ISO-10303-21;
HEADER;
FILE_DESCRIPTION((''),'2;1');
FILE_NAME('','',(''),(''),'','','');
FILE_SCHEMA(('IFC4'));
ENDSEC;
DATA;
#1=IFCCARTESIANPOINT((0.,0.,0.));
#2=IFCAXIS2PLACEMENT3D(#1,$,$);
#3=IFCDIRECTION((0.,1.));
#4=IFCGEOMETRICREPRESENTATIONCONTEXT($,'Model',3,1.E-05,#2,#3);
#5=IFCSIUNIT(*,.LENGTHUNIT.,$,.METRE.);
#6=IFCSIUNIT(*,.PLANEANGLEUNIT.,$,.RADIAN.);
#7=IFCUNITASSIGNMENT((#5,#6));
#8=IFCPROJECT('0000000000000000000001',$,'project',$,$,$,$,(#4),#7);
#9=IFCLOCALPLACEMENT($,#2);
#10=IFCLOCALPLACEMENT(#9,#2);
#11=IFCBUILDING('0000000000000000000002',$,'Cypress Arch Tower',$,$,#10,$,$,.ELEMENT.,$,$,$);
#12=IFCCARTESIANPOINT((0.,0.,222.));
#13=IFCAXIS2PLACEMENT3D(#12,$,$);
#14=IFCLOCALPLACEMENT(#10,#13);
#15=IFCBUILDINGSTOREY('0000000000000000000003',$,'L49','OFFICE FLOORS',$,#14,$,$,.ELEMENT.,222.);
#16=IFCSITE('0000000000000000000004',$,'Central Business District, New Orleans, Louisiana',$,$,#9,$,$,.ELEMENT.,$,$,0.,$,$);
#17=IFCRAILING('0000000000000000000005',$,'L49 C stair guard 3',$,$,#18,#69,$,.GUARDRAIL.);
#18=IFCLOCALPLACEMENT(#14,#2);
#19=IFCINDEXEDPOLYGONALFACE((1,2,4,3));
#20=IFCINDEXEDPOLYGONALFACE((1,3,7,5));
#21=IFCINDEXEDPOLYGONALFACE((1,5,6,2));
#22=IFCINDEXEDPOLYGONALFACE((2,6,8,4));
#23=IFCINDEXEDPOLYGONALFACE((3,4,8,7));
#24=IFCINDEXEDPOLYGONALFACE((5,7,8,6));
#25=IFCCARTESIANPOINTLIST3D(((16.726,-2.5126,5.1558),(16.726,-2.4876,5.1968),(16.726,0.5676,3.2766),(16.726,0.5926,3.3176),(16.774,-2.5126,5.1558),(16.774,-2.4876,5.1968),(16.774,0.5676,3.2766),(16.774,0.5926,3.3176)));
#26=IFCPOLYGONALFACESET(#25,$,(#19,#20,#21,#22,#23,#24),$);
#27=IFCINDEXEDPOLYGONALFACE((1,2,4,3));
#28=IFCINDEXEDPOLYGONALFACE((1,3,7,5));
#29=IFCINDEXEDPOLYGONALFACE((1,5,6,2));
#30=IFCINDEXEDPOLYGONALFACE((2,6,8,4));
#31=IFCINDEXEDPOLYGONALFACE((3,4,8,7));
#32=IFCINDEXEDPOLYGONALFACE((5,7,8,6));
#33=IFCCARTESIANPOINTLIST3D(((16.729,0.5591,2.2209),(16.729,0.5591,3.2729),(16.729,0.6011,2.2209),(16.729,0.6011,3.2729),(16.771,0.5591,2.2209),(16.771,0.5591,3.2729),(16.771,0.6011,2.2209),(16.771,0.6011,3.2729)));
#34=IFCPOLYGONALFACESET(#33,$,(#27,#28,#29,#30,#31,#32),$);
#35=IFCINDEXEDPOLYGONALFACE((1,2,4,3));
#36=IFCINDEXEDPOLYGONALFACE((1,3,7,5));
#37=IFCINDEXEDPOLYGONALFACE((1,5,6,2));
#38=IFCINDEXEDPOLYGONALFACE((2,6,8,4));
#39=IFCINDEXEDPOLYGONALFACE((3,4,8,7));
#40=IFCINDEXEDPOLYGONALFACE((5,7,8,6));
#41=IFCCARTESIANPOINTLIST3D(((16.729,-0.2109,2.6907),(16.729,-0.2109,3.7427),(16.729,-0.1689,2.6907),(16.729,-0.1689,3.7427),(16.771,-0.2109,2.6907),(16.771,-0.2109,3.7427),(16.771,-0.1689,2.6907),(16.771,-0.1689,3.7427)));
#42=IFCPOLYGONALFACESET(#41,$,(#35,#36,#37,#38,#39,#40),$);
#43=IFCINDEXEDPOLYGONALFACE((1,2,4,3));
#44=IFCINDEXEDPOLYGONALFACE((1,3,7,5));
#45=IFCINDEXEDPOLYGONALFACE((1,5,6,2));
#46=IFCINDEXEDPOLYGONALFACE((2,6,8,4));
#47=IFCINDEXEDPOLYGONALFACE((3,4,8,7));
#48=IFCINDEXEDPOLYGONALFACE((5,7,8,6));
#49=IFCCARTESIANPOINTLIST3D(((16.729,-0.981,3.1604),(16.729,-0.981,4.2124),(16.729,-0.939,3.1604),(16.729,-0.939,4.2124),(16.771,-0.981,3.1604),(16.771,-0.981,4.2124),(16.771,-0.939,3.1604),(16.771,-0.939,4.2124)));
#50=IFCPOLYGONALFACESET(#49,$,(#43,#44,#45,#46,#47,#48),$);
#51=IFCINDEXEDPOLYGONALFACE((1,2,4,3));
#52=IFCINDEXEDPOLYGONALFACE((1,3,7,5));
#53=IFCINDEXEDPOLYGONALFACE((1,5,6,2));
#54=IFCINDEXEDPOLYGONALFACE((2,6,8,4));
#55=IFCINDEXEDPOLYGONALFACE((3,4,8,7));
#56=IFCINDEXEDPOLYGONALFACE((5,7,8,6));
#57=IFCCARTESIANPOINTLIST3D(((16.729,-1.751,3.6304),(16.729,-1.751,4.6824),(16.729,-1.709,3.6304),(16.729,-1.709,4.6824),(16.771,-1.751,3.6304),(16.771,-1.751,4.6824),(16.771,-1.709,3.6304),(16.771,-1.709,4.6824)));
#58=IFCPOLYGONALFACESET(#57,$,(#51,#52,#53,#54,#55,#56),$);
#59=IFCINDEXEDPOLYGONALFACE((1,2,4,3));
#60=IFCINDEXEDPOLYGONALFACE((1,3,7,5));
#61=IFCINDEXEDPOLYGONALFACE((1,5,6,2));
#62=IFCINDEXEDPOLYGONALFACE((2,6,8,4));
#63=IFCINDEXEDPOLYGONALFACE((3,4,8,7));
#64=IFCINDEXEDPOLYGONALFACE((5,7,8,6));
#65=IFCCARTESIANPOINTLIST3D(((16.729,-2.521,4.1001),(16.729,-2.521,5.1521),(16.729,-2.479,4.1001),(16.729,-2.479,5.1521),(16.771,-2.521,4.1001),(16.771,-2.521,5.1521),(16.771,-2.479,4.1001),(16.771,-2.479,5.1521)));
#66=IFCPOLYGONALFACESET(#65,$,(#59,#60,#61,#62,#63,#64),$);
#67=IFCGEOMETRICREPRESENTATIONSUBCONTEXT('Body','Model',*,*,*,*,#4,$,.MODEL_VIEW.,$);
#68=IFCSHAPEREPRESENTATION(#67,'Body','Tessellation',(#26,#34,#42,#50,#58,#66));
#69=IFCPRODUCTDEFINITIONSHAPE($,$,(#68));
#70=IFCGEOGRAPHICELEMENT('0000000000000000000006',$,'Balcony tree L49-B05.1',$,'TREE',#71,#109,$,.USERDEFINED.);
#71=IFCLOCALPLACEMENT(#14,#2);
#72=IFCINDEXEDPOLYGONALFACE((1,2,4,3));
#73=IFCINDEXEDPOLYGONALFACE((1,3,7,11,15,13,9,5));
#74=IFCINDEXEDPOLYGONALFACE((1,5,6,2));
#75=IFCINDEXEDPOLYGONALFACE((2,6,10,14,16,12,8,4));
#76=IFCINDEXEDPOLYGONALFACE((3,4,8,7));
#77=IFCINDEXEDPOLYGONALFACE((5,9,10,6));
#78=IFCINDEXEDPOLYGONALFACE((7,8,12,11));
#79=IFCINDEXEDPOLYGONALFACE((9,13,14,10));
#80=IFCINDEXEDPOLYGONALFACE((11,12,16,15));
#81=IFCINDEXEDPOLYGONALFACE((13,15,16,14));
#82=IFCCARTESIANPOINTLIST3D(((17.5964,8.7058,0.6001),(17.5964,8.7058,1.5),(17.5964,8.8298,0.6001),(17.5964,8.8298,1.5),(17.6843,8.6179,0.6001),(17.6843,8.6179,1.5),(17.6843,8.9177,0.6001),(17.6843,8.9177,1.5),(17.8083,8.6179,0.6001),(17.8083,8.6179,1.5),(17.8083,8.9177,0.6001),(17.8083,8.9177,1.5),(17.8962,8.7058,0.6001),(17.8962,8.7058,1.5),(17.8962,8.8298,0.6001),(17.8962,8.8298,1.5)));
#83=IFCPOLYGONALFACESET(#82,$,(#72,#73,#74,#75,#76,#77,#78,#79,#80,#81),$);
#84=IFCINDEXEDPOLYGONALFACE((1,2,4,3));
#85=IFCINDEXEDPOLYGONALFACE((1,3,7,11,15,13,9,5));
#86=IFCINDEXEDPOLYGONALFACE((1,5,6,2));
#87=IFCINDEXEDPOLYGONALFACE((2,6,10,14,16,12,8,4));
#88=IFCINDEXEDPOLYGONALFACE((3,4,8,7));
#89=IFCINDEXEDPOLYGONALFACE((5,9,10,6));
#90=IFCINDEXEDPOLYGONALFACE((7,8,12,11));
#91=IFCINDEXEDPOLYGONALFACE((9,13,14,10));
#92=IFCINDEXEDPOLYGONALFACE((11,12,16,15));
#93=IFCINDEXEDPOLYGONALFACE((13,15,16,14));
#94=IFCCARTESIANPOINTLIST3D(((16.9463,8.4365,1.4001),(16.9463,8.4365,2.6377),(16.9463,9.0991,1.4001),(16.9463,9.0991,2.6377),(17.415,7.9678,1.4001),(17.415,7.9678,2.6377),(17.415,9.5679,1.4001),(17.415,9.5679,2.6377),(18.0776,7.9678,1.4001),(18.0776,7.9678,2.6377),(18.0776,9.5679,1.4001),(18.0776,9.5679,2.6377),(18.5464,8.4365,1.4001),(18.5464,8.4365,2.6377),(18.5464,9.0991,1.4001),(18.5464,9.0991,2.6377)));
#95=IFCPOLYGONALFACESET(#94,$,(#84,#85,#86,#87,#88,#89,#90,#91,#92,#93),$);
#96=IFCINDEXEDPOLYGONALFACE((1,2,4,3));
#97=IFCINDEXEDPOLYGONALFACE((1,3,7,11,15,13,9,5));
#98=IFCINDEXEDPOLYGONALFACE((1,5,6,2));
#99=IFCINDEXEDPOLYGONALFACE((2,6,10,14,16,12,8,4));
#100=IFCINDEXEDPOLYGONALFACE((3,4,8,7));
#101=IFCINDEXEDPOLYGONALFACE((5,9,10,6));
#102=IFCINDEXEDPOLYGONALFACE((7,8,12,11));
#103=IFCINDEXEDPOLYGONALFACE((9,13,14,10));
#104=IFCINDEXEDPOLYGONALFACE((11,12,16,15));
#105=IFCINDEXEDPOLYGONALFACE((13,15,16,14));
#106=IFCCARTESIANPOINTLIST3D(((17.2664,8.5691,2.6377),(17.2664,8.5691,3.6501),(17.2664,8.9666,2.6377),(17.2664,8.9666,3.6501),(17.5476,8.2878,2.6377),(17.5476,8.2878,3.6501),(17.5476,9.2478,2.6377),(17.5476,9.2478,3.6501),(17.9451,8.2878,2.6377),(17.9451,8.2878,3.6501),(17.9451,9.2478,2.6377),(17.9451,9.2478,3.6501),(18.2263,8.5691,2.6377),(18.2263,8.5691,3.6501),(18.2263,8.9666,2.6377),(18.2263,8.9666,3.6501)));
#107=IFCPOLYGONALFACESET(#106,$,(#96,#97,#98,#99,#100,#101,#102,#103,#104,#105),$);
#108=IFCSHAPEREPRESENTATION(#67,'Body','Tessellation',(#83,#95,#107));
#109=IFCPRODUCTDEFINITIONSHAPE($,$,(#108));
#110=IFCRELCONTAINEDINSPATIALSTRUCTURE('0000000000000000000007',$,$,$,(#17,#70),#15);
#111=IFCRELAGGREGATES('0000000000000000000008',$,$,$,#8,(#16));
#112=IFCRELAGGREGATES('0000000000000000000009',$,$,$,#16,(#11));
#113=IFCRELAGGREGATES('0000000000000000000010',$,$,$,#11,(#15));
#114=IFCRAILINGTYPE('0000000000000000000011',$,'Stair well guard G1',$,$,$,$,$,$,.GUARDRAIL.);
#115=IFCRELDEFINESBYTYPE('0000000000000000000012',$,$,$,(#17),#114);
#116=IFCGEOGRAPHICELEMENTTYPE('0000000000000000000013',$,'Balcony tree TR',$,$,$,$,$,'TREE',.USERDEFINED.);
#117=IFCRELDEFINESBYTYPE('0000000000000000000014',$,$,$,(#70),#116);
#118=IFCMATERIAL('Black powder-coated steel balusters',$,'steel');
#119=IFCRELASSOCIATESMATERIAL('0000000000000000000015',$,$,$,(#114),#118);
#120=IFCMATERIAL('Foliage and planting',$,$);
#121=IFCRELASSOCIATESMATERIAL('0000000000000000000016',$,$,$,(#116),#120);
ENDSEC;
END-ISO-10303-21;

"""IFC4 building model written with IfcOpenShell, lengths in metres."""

from ifc_helpers import new_model, si_unit, direction, frame, origin, origin_2d, place, context, subcontext, project, spatial, polyline, rectangle, outline, extrude, material, type_object, element, save


model = new_model("IFC4")

# Units and contexts
model_context = context("Model", 3, precision=1e-05, world=origin(), true_north=direction((0.0, 1.0)))
body_context = subcontext(model_context, "Body", "Model", "MODEL_VIEW")
ifc_project = project(units=[si_unit("LENGTHUNIT", "METRE"), si_unit("PLANEANGLEUNIT", "RADIAN")], contexts=[model_context])

# Site, building, storey
site_placement = place(None, origin())
site = spatial("IfcSite", under=ifc_project, at=site_placement, Name="Central Business District, New Orleans, Louisiana", CompositionType="ELEMENT", RefElevation=0.0)
building_placement = place(site_placement, origin())
building = spatial("IfcBuilding", under=site, at=building_placement, Name="Cypress Arch Tower", CompositionType="ELEMENT")
storey_placement = place(building_placement, frame((0.0, 0.0, 222.0)))
storey = spatial("IfcBuildingStorey", under=building, at=storey_placement, Name="L49", Description="OFFICE FLOORS", CompositionType="ELEMENT", Elevation=222.0)

# Railing
ifc_material_1 = material(Name="Black powder-coated steel balusters", Category="steel")
railing_type_1 = type_object("IfcRailingType", Name="Stair well guard G1", PredefinedType="GUARDRAIL", material=ifc_material_1)
railing_1_placement = place(storey_placement, frame((16.75, 0.5801, 2.2209)))
element("IfcRailing", 1, at=railing_1_placement, inside=storey, type_object=railing_type_1, Name="L49 C stair guard 3", PredefinedType="GUARDRAIL", context=body_context, shape_type="SweptSolid", body=[
    extrude(rectangle(XDim=0.0481, YDim=0.0481, at=origin_2d()), frame((0.0, 0.0, 1.0762), z_axis=(0.0, -0.853666, 0.52082), x_axis=(1.0, 0.0, 0.0)), (0.0, 0.0, 1.0), 3.6082),
    extrude(rectangle(XDim=0.042, YDim=0.042, at=origin_2d()), origin(), (0.0, 0.0, 1.0), 1.052),
    extrude(rectangle(XDim=0.042, YDim=0.042, at=origin_2d()), frame((0.0, -0.77, 0.4697)), (0.0, 0.0, 1.0), 1.052),
    extrude(rectangle(XDim=0.042, YDim=0.042, at=origin_2d()), frame((0.0, -1.54, 0.9395)), (0.0, 0.0, 1.0), 1.052),
    extrude(rectangle(XDim=0.042, YDim=0.042, at=origin_2d()), frame((0.0, -2.3101, 1.4094)), (0.0, 0.0, 1.0), 1.052),
    extrude(rectangle(XDim=0.042, YDim=0.042, at=origin_2d()), frame((0.0, -3.0801, 1.8792)), (0.0, 0.0, 1.0), 1.052),
])

# Geographic element
ifc_material_2 = material(Name="Foliage and planting")
geographic_element_type = type_object("IfcGeographicElementType", Name="Balcony tree TR", ElementType="TREE", PredefinedType="USERDEFINED", material=ifc_material_2)
geographic_element_placement = place(storey_placement, frame((17.7463, 8.7678, 0.6001), z_axis=(0.0, 0.0, 1.0), x_axis=(1.0, 0.0, 0.0)))
element("IfcGeographicElement", 2, at=geographic_element_placement, inside=storey, type_object=geographic_element_type, Name="Balcony tree L49-B05.1", ObjectType="TREE", PredefinedType="USERDEFINED", context=body_context, shape_type="SweptSolid", body=[
    extrude(outline(polyline([(0.1499, 0.062), (0.062, 0.1499), (-0.062, 0.1499), (-0.1499, 0.062), (-0.1499, -0.062), (-0.062, -0.1499), (0.062, -0.1499), (0.1499, -0.062), (0.1499, 0.062)])), origin(), (0.0, 0.0, 1.0), 0.8999),
    extrude(outline(polyline([(0.8, 0.3313), (0.3313, 0.8), (-0.3313, 0.8), (-0.8, 0.3313), (-0.8, -0.3313), (-0.3313, -0.8), (0.3313, -0.8), (0.8, -0.3313), (0.8, 0.3313)])), frame((0.0, 0.0, 0.8)), (0.0, 0.0, 1.0), 1.2375),
    extrude(outline(polyline([(0.48, 0.1987), (0.1987, 0.48), (-0.1987, 0.48), (-0.48, 0.1987), (-0.48, -0.1987), (-0.1987, -0.48), (0.1987, -0.48), (0.48, -0.1987), (0.48, 0.1987)])), frame((0.0, 0.0, 2.0376)), (0.0, 0.0, 1.0), 1.0125),
])

save(model, "model.ifc")
